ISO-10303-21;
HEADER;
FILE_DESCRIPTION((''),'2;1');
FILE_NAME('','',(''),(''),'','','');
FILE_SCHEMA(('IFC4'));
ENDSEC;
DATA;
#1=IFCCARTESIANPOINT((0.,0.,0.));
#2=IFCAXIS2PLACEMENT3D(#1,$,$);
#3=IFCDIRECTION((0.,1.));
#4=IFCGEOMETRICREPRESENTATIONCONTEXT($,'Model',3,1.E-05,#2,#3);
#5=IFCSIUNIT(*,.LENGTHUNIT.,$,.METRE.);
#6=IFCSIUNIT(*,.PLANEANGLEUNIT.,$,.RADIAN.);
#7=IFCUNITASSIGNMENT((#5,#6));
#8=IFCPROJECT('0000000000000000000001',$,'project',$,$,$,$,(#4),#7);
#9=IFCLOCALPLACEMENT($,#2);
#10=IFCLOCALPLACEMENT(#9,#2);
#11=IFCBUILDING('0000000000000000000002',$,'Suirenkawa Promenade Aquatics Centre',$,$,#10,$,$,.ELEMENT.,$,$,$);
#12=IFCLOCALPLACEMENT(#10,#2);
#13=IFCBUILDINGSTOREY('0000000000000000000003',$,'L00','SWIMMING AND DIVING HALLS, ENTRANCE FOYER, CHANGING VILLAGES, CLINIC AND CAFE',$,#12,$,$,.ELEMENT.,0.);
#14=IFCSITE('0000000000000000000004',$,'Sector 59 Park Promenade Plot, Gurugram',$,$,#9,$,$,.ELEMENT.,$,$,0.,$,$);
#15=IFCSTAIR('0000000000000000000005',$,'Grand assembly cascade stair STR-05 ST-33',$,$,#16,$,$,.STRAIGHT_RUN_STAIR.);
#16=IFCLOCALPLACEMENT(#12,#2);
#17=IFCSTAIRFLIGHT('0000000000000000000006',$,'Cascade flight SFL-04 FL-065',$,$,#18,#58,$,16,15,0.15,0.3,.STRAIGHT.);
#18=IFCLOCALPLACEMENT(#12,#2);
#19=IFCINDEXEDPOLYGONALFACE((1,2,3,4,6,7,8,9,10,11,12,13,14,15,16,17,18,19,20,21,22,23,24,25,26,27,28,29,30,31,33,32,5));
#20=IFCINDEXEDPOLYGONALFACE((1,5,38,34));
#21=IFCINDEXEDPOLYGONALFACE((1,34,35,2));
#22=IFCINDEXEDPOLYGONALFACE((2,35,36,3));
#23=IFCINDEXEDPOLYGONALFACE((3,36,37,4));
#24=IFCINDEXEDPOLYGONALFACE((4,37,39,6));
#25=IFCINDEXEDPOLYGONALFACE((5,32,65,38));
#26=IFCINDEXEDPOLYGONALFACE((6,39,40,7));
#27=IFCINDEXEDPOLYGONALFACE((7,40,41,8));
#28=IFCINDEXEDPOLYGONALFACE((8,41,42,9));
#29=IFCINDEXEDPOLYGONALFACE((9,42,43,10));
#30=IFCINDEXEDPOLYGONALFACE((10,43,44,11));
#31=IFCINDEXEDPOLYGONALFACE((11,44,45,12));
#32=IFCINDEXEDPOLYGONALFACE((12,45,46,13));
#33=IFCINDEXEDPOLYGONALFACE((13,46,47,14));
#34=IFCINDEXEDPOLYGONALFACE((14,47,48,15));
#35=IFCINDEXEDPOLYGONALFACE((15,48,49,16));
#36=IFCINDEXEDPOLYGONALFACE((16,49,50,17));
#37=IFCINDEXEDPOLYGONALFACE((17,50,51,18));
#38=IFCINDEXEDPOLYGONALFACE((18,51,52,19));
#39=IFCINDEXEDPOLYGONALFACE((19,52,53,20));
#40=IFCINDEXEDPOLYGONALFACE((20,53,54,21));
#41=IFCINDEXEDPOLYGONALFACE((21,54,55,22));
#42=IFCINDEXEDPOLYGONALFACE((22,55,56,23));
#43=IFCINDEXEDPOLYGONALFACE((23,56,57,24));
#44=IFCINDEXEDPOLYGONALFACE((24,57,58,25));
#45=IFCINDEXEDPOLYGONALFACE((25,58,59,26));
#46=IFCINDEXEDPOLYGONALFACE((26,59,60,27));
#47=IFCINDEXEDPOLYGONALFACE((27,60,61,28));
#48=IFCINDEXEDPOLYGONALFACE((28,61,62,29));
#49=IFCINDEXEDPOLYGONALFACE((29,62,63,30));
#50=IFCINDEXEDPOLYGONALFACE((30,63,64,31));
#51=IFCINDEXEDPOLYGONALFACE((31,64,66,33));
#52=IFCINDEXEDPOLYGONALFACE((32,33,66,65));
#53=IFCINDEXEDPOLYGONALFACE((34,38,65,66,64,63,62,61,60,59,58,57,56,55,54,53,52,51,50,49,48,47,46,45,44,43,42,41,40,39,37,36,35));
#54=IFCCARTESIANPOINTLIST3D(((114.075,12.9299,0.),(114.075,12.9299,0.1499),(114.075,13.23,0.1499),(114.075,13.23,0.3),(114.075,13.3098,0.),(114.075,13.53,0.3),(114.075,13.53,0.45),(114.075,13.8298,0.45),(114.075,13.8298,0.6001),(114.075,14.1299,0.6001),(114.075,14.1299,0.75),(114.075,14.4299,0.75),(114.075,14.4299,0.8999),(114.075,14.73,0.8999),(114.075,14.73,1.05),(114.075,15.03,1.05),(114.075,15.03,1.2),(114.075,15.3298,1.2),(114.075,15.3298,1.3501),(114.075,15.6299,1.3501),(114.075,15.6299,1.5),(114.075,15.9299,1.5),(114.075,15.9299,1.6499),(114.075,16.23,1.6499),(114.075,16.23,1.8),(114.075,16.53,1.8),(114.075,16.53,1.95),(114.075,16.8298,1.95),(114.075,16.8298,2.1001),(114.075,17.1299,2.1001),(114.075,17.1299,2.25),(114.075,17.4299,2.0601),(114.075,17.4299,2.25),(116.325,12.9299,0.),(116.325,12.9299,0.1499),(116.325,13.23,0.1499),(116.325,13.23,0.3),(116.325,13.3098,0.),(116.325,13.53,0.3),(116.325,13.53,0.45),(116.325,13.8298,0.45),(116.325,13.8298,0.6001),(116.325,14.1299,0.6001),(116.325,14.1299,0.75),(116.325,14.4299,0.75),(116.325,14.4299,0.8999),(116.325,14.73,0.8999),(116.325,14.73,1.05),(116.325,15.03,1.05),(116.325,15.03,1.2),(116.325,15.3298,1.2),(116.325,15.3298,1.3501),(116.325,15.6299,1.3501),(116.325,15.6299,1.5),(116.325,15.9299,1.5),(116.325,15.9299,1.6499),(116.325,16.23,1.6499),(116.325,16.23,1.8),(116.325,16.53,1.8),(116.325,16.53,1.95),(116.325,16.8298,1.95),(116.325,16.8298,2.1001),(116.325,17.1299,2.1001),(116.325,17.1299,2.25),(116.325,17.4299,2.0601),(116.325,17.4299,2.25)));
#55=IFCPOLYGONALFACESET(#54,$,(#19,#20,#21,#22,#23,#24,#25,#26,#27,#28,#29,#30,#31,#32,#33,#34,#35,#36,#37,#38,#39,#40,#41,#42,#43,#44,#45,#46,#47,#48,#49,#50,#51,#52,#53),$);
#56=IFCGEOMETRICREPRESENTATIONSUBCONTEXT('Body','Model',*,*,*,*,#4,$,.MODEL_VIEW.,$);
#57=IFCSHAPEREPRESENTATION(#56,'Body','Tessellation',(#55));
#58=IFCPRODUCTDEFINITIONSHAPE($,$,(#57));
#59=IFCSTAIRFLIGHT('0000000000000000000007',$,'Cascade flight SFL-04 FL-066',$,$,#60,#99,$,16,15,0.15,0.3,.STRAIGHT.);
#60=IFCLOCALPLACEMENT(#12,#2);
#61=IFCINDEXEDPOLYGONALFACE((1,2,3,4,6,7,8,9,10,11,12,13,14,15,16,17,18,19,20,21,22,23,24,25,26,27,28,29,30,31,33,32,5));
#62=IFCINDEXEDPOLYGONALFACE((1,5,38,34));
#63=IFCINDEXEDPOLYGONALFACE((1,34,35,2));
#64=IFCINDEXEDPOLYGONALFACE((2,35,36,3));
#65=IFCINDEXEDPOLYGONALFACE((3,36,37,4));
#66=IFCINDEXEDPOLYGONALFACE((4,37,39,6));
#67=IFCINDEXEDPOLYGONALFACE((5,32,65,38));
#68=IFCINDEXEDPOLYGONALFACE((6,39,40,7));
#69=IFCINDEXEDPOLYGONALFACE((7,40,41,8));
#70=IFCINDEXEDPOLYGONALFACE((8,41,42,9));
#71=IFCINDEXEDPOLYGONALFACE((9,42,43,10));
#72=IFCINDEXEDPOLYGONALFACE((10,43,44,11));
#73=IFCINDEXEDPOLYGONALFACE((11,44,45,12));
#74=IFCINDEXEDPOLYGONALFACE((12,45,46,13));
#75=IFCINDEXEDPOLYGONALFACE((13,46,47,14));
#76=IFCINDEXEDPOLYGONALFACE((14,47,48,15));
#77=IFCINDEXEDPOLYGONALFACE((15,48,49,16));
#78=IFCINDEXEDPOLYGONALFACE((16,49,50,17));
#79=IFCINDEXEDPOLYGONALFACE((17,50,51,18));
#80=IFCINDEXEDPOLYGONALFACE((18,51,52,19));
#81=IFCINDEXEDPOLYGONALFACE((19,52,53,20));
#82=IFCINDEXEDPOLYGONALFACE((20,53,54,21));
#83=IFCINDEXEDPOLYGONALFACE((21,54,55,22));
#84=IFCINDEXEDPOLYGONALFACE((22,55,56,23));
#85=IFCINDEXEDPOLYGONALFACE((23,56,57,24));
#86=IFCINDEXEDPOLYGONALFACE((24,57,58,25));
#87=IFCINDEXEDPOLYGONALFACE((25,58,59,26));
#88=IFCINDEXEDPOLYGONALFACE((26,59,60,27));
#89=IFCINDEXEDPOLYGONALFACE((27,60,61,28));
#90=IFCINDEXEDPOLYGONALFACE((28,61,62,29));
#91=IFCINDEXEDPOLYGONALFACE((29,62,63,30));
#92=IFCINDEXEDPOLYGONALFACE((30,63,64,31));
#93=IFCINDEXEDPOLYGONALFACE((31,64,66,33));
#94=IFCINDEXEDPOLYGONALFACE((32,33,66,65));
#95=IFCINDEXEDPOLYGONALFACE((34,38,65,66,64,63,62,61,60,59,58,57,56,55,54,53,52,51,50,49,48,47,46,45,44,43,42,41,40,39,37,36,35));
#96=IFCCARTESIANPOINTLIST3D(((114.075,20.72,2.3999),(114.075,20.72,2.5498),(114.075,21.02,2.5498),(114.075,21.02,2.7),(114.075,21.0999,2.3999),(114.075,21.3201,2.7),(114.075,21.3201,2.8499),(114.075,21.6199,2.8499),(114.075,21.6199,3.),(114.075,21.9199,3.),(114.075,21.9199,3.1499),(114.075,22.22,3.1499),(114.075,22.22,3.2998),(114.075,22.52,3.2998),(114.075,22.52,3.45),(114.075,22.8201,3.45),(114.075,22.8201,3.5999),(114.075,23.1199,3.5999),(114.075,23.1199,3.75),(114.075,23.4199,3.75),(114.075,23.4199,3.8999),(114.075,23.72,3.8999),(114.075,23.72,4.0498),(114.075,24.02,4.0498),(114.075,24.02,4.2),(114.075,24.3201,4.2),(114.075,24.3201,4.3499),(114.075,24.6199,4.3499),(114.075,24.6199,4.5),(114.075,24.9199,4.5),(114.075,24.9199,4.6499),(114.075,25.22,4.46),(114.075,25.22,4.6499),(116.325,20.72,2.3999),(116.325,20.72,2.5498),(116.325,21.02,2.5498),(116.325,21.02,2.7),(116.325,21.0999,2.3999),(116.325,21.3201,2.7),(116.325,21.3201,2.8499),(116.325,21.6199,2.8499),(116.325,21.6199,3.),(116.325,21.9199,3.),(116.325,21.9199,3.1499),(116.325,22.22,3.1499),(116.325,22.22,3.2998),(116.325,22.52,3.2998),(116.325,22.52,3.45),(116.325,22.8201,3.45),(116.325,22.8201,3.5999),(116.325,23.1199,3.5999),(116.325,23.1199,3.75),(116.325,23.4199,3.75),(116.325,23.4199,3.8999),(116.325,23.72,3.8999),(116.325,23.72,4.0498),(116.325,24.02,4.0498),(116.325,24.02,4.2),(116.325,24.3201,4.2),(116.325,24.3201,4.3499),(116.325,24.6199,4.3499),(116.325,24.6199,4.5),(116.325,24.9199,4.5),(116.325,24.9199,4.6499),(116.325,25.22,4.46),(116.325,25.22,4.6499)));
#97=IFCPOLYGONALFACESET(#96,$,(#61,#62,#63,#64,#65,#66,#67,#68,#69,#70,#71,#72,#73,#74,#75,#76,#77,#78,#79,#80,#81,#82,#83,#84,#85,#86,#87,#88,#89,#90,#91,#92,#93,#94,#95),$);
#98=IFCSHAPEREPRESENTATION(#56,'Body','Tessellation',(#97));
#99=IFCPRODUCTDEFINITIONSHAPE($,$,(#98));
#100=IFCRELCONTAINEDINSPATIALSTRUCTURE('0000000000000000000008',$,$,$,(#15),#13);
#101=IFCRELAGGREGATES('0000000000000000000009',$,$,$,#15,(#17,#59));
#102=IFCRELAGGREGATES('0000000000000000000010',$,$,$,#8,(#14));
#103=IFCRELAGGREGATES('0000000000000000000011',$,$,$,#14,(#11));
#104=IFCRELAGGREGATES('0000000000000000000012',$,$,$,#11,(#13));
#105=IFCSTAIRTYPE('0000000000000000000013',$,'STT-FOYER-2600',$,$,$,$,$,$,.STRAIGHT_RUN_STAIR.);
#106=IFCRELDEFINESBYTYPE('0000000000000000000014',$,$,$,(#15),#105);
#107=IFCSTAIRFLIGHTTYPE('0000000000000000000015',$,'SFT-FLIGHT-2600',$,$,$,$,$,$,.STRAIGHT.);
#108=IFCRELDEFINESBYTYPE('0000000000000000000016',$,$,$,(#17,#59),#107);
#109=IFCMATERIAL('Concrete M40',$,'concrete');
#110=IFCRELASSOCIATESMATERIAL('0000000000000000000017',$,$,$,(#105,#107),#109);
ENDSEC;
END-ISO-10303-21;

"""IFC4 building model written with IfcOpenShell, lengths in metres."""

from ifc_helpers import new_model, si_unit, direction, frame, origin, place, context, subcontext, project, spatial, polyline, outline, extrude, material, type_object, element, aggregate, save


model = new_model("IFC4")

# Units and contexts
model_context = context("Model", 3, precision=1e-05, world=origin(), true_north=direction((0.0, 1.0)))
body_context = subcontext(model_context, "Body", "Model", "MODEL_VIEW")
ifc_project = project(units=[si_unit("LENGTHUNIT", "METRE"), si_unit("PLANEANGLEUNIT", "RADIAN")], contexts=[model_context])

# Site, building, storey
site_placement = place(None, origin())
site = spatial("IfcSite", under=ifc_project, at=site_placement, Name="Sector 59 Park Promenade Plot, Gurugram", CompositionType="ELEMENT", RefElevation=0.0)
building_placement = place(site_placement, origin())
building = spatial("IfcBuilding", under=site, at=building_placement, Name="Suirenkawa Promenade Aquatics Centre", CompositionType="ELEMENT")
storey_placement = place(building_placement, origin())
storey = spatial("IfcBuildingStorey", under=building, at=storey_placement, Name="L00", Description="SWIMMING AND DIVING HALLS, ENTRANCE FOYER, CHANGING VILLAGES, CLINIC AND CAFE", CompositionType="ELEMENT", Elevation=0.0)

# Shared definitions
ifc_material_1 = material(Name="Concrete M40", Category="concrete")

# Stair, stair flights
stair_type = type_object("IfcStairType", Name="STT-FOYER-2600", PredefinedType="STRAIGHT_RUN_STAIR", material=ifc_material_1)
stair_placement = place(storey_placement, origin())
stair = element("IfcStair", 1, at=stair_placement, inside=storey, type_object=stair_type, Name="Grand assembly cascade stair STR-05 ST-33", PredefinedType="STRAIGHT_RUN_STAIR")
stair_flight_type = type_object("IfcStairFlightType", Name="SFT-FLIGHT-2600", PredefinedType="STRAIGHT", material=ifc_material_1)
stair_flight_1_placement = place(storey_placement, frame((115.2, 12.9299, 0.0), z_axis=(0.0, 0.0, 1.0), x_axis=(0.0, 1.0, 0.0)))
stair_flight_1 = element("IfcStairFlight", 2, at=stair_flight_1_placement, type_object=stair_flight_type, Name="Cascade flight SFL-04 FL-065", NumberOfRisers=16, NumberOfTreads=15, PredefinedType="STRAIGHT", RiserHeight=0.15, TreadLength=0.3, context=body_context, shape_type="SweptSolid", body=[
    extrude(outline(polyline([(0.0, 0.0), (0.0, 0.1499), (0.3, 0.1499), (0.3, 0.3), (0.6001, 0.3), (0.6001, 0.45), (0.8999, 0.45), (0.8999, 0.6001), (1.2, 0.6001), (1.2, 0.75), (1.5, 0.75), (1.5, 0.8999), (1.8, 0.8999), (1.8, 1.05), (2.1001, 1.05), (2.1001, 1.2), (2.3999, 1.2), (2.3999, 1.3501), (2.7, 1.3501), (2.7, 1.5), (3.0, 1.5), (3.0, 1.6499), (3.3, 1.6499), (3.3, 1.8), (3.6001, 1.8), (3.6001, 1.95), (3.8999, 1.95), (3.8999, 2.1001), (4.2, 2.1001), (4.2, 2.25), (4.5, 2.25), (4.5, 2.3999), (4.5, 2.0601), (0.3799, 0.0), (0.0, 0.0)])), frame((0.0, 1.125, 0.0), z_axis=(0.0, -1.0, 0.0), x_axis=(1.0, 0.0, 0.0)), (0.0, 0.0, 1.0), 2.25),
])
stair_flight_2_placement = place(storey_placement, frame((115.2, 20.72, 2.3999), z_axis=(0.0, 0.0, 1.0), x_axis=(0.0, 1.0, 0.0)))
stair_flight_2 = element("IfcStairFlight", 3, at=stair_flight_2_placement, type_object=stair_flight_type, Name="Cascade flight SFL-04 FL-066", NumberOfRisers=16, NumberOfTreads=15, PredefinedType="STRAIGHT", RiserHeight=0.15, TreadLength=0.3, context=body_context, shape_type="SweptSolid", body=[
    extrude(outline(polyline([(0.0, 0.0), (0.0, 0.1499), (0.3, 0.1499), (0.3, 0.3), (0.6001, 0.3), (0.6001, 0.45), (0.8999, 0.45), (0.8999, 0.6001), (1.2, 0.6001), (1.2, 0.75), (1.5, 0.75), (1.5, 0.8999), (1.8, 0.8999), (1.8, 1.05), (2.1001, 1.05), (2.1001, 1.2), (2.3999, 1.2), (2.3999, 1.3501), (2.7, 1.3501), (2.7, 1.5), (3.0, 1.5), (3.0, 1.6499), (3.3, 1.6499), (3.3, 1.8), (3.6001, 1.8), (3.6001, 1.95), (3.8999, 1.95), (3.8999, 2.1001), (4.2, 2.1001), (4.2, 2.25), (4.5, 2.25), (4.5, 2.3999), (4.5, 2.0601), (0.3799, 0.0), (0.0, 0.0)])), frame((0.0, 1.125, 0.0), z_axis=(0.0, -1.0, 0.0), x_axis=(1.0, 0.0, 0.0)), (0.0, 0.0, 1.0), 2.25),
])
aggregate(stair, [stair_flight_1, stair_flight_2])

save(model, "model.ifc")
